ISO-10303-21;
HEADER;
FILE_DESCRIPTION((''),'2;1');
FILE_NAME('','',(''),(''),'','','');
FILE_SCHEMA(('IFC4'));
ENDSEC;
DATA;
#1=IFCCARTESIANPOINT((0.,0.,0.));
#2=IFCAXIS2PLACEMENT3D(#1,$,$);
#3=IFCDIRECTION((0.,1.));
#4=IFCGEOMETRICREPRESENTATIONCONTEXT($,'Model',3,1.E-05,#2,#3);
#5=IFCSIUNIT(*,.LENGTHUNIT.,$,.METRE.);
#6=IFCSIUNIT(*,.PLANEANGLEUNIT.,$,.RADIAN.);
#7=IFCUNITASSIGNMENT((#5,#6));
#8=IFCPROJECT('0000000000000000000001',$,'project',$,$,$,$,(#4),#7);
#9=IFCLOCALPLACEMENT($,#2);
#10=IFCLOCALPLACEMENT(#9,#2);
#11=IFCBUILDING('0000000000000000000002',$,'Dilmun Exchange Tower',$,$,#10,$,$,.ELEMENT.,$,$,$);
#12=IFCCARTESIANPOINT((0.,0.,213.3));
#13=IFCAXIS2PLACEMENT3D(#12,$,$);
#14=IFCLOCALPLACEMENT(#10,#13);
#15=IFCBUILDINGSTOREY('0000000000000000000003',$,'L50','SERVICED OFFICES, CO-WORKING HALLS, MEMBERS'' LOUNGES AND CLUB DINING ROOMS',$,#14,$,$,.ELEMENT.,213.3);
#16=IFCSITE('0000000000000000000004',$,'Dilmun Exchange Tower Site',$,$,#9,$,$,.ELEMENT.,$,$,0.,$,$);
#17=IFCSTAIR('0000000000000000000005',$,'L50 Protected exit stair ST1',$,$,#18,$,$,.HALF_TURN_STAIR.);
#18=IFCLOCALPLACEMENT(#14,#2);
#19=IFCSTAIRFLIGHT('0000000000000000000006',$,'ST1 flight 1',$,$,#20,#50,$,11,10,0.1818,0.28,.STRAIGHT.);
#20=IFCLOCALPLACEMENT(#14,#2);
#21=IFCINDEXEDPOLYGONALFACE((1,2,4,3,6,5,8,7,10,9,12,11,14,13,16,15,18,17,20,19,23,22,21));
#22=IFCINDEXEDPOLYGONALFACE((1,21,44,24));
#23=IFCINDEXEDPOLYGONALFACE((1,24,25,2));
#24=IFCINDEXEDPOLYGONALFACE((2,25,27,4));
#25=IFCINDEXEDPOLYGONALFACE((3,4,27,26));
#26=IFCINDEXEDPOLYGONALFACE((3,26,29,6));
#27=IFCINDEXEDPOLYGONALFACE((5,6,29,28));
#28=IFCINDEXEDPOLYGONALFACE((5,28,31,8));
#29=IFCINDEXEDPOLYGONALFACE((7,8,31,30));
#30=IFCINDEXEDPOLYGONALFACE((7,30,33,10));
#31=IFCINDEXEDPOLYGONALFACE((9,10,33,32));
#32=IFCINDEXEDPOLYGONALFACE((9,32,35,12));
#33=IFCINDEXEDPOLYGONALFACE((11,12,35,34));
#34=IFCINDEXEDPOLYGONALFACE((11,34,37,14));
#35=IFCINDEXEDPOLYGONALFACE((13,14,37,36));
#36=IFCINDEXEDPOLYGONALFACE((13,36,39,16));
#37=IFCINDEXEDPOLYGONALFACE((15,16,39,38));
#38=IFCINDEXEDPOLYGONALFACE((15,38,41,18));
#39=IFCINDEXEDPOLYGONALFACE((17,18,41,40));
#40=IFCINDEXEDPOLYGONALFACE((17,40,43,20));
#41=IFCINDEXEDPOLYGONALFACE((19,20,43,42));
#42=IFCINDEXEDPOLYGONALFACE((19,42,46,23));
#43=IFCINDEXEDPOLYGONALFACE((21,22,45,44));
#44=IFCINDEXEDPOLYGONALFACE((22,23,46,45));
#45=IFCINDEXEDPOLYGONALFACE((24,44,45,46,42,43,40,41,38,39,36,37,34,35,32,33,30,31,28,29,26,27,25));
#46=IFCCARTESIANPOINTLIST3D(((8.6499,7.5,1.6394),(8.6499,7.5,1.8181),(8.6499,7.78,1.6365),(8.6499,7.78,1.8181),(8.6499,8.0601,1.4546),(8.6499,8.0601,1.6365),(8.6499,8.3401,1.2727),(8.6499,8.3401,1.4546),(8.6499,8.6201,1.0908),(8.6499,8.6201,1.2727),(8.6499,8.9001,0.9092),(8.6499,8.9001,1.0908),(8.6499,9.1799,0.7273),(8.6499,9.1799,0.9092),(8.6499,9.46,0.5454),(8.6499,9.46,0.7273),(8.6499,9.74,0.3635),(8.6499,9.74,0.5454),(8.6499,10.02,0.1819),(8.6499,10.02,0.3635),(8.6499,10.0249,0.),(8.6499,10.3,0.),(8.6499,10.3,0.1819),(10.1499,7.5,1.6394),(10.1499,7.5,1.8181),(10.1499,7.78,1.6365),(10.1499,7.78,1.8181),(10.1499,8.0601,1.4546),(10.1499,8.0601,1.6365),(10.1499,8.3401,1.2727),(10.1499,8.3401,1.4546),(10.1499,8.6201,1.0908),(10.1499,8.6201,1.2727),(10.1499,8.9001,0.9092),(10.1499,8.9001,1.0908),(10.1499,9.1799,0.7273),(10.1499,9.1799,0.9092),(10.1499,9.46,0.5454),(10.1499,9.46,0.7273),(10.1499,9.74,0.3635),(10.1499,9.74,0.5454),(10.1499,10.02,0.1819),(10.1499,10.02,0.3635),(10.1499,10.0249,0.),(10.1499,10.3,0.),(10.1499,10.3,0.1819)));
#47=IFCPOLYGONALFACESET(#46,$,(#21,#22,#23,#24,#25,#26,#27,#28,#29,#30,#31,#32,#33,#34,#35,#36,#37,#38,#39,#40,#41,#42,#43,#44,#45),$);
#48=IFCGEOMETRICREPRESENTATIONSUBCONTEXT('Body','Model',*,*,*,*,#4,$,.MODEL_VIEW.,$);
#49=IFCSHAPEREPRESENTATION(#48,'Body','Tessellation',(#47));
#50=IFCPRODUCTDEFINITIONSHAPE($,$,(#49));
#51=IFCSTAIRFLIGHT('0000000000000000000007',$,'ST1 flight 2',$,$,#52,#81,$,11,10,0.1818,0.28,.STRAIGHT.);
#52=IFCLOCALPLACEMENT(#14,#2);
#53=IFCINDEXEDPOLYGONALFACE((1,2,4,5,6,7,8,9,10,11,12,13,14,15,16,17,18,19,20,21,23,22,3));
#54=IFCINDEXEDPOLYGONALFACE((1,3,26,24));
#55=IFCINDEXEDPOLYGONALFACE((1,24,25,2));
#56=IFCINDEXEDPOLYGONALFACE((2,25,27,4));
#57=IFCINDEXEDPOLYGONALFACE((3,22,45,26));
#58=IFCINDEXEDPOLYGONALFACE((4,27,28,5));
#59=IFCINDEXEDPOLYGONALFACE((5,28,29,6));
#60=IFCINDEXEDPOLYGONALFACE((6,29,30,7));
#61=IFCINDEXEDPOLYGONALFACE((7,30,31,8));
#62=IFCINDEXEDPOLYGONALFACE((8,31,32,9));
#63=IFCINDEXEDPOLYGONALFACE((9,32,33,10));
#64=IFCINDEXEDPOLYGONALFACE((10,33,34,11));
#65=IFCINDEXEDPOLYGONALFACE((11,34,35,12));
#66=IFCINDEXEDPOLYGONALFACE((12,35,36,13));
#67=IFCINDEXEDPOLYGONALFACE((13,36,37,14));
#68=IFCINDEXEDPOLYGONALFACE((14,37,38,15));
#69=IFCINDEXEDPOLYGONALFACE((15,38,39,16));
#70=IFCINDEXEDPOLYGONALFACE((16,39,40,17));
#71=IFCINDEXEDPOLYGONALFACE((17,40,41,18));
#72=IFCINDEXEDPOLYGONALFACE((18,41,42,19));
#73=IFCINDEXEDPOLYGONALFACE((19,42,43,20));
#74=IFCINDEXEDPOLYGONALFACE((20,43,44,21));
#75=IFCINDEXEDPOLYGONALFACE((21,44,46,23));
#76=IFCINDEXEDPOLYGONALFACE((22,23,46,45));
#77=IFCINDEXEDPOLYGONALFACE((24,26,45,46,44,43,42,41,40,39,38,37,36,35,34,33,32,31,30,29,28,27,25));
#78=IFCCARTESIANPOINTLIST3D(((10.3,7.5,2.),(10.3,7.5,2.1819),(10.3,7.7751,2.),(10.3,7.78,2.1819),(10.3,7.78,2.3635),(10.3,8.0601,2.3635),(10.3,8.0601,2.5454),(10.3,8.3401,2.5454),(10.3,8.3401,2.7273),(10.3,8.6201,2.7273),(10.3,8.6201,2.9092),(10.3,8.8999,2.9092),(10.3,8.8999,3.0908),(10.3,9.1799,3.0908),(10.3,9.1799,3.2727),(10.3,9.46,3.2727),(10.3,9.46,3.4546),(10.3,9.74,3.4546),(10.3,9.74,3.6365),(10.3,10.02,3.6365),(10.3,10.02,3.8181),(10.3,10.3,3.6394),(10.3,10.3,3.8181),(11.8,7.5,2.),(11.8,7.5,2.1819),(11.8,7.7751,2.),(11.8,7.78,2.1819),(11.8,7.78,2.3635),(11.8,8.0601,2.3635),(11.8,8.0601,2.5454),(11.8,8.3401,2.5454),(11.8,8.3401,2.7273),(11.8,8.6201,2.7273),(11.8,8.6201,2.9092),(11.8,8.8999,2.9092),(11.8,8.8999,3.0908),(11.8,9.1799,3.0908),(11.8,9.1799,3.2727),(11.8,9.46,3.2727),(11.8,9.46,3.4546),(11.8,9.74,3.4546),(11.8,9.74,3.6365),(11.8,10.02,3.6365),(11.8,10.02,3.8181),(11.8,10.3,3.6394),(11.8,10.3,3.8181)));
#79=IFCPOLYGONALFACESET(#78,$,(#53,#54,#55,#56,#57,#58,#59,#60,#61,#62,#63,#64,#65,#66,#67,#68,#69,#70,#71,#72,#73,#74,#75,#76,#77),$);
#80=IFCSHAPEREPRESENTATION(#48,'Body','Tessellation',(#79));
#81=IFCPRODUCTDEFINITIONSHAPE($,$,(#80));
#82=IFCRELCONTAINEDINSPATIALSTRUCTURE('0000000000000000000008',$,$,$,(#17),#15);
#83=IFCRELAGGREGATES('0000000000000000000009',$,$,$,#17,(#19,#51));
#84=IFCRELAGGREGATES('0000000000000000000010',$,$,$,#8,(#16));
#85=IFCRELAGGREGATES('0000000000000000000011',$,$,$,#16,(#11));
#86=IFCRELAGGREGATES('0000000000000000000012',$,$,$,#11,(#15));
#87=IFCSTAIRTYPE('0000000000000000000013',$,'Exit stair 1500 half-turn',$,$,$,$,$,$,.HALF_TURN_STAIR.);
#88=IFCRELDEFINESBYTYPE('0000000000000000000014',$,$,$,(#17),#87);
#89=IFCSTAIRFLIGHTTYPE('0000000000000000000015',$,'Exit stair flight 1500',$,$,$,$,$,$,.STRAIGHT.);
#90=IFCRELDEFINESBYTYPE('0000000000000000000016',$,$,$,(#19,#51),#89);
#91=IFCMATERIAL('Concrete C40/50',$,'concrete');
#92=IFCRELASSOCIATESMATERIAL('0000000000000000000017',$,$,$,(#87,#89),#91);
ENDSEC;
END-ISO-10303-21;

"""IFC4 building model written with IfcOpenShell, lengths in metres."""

from ifc_helpers import new_model, si_unit, direction, frame, origin, place, context, subcontext, project, spatial, polyline, outline, extrude, material, type_object, element, aggregate, save


model = new_model("IFC4")

# Units and contexts
model_context = context("Model", 3, precision=1e-05, world=origin(), true_north=direction((0.0, 1.0)))
body_context = subcontext(model_context, "Body", "Model", "MODEL_VIEW")
ifc_project = project(units=[si_unit("LENGTHUNIT", "METRE"), si_unit("PLANEANGLEUNIT", "RADIAN")], contexts=[model_context])

# Site, building, storey
site_placement = place(None, origin())
site = spatial("IfcSite", under=ifc_project, at=site_placement, Name="Dilmun Exchange Tower Site", CompositionType="ELEMENT", RefElevation=0.0)
building_placement = place(site_placement, origin())
building = spatial("IfcBuilding", under=site, at=building_placement, Name="Dilmun Exchange Tower", CompositionType="ELEMENT")
storey_placement = place(building_placement, frame((0.0, 0.0, 213.3)))
storey = spatial("IfcBuildingStorey", under=building, at=storey_placement, Name="L50", Description="SERVICED OFFICES, CO-WORKING HALLS, MEMBERS' LOUNGES AND CLUB DINING ROOMS", CompositionType="ELEMENT", Elevation=213.3)

# Shared definitions
ifc_material_1 = material(Name="Concrete C40/50", Category="concrete")

# Stair, stair flights
stair_type = type_object("IfcStairType", Name="Exit stair 1500 half-turn", PredefinedType="HALF_TURN_STAIR", material=ifc_material_1)
stair_placement = place(storey_placement, origin())
stair = element("IfcStair", 1, at=stair_placement, inside=storey, type_object=stair_type, Name="L50 Protected exit stair ST1", PredefinedType="HALF_TURN_STAIR")
stair_flight_type = type_object("IfcStairFlightType", Name="Exit stair flight 1500", PredefinedType="STRAIGHT", material=ifc_material_1)
stair_flight_1_placement = place(storey_placement, frame((9.3999, 10.3, 0.0), z_axis=(0.0, 0.0, 1.0), x_axis=(0.0, -1.0, 0.0)))
stair_flight_1 = element("IfcStairFlight", 2, at=stair_flight_1_placement, type_object=stair_flight_type, Name="ST1 flight 1", NumberOfRisers=11, NumberOfTreads=10, PredefinedType="STRAIGHT", RiserHeight=0.1818, TreadLength=0.28, context=body_context, shape_type="SweptSolid", body=[
    extrude(outline(polyline([(0.0, 0.0), (0.0, 0.1819), (0.28, 0.1819), (0.28, 0.3635), (0.5601, 0.3635), (0.5601, 0.5454), (0.8401, 0.5454), (0.8401, 0.7273), (1.1201, 0.7273), (1.1201, 0.9092), (1.3999, 0.9092), (1.3999, 1.0908), (1.6799, 1.0908), (1.6799, 1.2727), (1.96, 1.2727), (1.96, 1.4546), (2.24, 1.4546), (2.24, 1.6365), (2.52, 1.6365), (2.52, 1.8181), (2.8, 1.8181), (2.8, 2.0), (2.8, 1.6394), (0.2751, 0.0), (0.0, 0.0)])), frame((0.0, 0.75, 0.0), z_axis=(0.0, -1.0, 0.0), x_axis=(1.0, 0.0, 0.0)), (0.0, 0.0, 1.0), 1.5),
])
stair_flight_2_placement = place(storey_placement, frame((11.05, 7.5, 2.0), z_axis=(0.0, 0.0, 1.0), x_axis=(0.0, 1.0, 0.0)))
stair_flight_2 = element("IfcStairFlight", 3, at=stair_flight_2_placement, type_object=stair_flight_type, Name="ST1 flight 2", NumberOfRisers=11, NumberOfTreads=10, PredefinedType="STRAIGHT", RiserHeight=0.1818, TreadLength=0.28, context=body_context, shape_type="SweptSolid", body=[
    extrude(outline(polyline([(0.0, 0.0), (0.0, 0.1819), (0.28, 0.1819), (0.28, 0.3635), (0.5601, 0.3635), (0.5601, 0.5454), (0.8401, 0.5454), (0.8401, 0.7273), (1.1201, 0.7273), (1.1201, 0.9092), (1.3999, 0.9092), (1.3999, 1.0908), (1.6799, 1.0908), (1.6799, 1.2727), (1.96, 1.2727), (1.96, 1.4546), (2.24, 1.4546), (2.24, 1.6365), (2.52, 1.6365), (2.52, 1.8181), (2.8, 1.8181), (2.8, 2.0), (2.8, 1.6394), (0.2751, 0.0), (0.0, 0.0)])), frame((0.0, 0.75, 0.0), z_axis=(0.0, -1.0, 0.0), x_axis=(1.0, 0.0, 0.0)), (0.0, 0.0, 1.0), 1.5),
])
aggregate(stair, [stair_flight_1, stair_flight_2])

save(model, "model.ifc")
